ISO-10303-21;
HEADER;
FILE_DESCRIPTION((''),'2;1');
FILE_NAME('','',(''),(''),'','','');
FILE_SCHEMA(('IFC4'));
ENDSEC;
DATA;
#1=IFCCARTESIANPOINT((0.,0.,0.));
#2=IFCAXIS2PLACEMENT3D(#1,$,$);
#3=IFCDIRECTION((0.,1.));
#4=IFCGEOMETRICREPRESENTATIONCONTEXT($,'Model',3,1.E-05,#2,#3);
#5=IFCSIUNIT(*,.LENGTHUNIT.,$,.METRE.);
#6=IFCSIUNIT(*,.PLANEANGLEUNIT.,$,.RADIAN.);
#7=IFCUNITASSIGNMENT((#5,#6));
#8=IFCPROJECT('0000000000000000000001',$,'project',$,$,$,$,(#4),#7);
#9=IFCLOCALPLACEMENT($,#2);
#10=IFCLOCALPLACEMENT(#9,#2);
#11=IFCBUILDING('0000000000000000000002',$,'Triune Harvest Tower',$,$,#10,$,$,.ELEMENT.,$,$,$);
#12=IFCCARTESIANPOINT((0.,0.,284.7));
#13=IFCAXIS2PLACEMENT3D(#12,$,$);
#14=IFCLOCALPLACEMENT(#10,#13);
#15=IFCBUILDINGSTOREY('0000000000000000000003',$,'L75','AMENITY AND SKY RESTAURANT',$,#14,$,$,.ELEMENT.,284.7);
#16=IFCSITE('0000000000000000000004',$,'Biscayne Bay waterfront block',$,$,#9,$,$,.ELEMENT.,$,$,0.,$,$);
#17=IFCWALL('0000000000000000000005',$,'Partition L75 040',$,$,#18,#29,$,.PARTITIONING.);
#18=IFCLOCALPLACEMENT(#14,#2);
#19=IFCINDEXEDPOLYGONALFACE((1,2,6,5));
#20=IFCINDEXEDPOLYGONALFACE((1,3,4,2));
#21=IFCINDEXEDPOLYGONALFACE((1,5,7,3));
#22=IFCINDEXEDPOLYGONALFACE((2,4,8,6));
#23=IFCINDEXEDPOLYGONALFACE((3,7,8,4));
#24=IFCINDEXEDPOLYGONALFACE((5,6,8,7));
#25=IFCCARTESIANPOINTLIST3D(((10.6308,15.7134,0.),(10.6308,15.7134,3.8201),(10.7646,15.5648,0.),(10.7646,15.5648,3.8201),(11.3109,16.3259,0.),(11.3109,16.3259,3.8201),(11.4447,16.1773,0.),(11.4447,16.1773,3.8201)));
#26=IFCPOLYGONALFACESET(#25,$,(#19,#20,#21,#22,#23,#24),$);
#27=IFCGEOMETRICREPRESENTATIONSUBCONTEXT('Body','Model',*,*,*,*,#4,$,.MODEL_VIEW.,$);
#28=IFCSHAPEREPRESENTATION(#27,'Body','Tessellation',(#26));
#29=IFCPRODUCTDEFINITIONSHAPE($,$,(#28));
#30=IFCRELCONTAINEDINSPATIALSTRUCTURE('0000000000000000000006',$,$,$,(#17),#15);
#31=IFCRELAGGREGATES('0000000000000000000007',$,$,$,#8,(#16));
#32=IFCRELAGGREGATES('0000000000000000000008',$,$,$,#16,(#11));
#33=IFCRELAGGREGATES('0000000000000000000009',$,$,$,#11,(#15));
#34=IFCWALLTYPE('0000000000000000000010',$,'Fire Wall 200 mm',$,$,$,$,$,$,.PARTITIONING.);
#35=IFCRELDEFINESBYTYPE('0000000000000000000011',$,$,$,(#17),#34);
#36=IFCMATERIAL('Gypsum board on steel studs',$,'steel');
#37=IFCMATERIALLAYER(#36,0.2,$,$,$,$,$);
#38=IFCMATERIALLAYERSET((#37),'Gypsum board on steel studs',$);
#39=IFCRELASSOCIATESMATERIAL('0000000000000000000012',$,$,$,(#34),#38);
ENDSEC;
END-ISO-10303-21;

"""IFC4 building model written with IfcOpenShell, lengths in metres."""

from ifc_helpers import new_model, si_unit, direction, frame, frame_2d, origin, place, context, subcontext, project, spatial, rectangle, extrude, source, transform, mapped, material, layer, layer_set, type_object, element, save


model = new_model("IFC4")

# Units and contexts
model_context = context("Model", 3, precision=1e-05, world=origin(), true_north=direction((0.0, 1.0)))
body_context = subcontext(model_context, "Body", "Model", "MODEL_VIEW")
ifc_project = project(units=[si_unit("LENGTHUNIT", "METRE"), si_unit("PLANEANGLEUNIT", "RADIAN")], contexts=[model_context])

# Site, building, storey
site_placement = place(None, origin())
site = spatial("IfcSite", under=ifc_project, at=site_placement, Name="Biscayne Bay waterfront block", CompositionType="ELEMENT", RefElevation=0.0)
building_placement = place(site_placement, origin())
building = spatial("IfcBuilding", under=site, at=building_placement, Name="Triune Harvest Tower", CompositionType="ELEMENT")
storey_placement = place(building_placement, frame((0.0, 0.0, 284.7)))
storey = spatial("IfcBuildingStorey", under=building, at=storey_placement, Name="L75", Description="AMENITY AND SKY RESTAURANT", CompositionType="ELEMENT", Elevation=284.7)

# Wall
ifc_material_1 = material(Name="Gypsum board on steel studs", Category="steel")
ifc_layer_1 = layer(ifc_material_1, 0.2)
ifc_layer_set_1 = layer_set([ifc_layer_1], Name="Gypsum board on steel studs")
wall_type = type_object("IfcWallType", Name="Fire Wall 200 mm", PredefinedType="PARTITIONING", material=ifc_layer_set_1)
shared_shape_1 = source(origin(), body_context, "Body", "SweptSolid", [
    extrude(rectangle(XDim=0.9153, YDim=0.2, at=frame_2d((0.4575, 0.0))), origin(), (0.0, 0.0, 1.0), 3.8201),
])
wall_placement = place(storey_placement, frame((10.6978, 15.6392, 0.0), z_axis=(0.0, 0.0, 1.0), x_axis=(0.743082, 0.6692, 0.0)))
element("IfcWall", 1, at=wall_placement, inside=storey, type_object=wall_type, Name="Partition L75 040", PredefinedType="PARTITIONING", context=body_context, shape_type="MappedRepresentation", body=[
    mapped(shared_shape_1, transform((0.0, 0.0, 0.0), scale=1.0)),
])

save(model, "model.ifc")
